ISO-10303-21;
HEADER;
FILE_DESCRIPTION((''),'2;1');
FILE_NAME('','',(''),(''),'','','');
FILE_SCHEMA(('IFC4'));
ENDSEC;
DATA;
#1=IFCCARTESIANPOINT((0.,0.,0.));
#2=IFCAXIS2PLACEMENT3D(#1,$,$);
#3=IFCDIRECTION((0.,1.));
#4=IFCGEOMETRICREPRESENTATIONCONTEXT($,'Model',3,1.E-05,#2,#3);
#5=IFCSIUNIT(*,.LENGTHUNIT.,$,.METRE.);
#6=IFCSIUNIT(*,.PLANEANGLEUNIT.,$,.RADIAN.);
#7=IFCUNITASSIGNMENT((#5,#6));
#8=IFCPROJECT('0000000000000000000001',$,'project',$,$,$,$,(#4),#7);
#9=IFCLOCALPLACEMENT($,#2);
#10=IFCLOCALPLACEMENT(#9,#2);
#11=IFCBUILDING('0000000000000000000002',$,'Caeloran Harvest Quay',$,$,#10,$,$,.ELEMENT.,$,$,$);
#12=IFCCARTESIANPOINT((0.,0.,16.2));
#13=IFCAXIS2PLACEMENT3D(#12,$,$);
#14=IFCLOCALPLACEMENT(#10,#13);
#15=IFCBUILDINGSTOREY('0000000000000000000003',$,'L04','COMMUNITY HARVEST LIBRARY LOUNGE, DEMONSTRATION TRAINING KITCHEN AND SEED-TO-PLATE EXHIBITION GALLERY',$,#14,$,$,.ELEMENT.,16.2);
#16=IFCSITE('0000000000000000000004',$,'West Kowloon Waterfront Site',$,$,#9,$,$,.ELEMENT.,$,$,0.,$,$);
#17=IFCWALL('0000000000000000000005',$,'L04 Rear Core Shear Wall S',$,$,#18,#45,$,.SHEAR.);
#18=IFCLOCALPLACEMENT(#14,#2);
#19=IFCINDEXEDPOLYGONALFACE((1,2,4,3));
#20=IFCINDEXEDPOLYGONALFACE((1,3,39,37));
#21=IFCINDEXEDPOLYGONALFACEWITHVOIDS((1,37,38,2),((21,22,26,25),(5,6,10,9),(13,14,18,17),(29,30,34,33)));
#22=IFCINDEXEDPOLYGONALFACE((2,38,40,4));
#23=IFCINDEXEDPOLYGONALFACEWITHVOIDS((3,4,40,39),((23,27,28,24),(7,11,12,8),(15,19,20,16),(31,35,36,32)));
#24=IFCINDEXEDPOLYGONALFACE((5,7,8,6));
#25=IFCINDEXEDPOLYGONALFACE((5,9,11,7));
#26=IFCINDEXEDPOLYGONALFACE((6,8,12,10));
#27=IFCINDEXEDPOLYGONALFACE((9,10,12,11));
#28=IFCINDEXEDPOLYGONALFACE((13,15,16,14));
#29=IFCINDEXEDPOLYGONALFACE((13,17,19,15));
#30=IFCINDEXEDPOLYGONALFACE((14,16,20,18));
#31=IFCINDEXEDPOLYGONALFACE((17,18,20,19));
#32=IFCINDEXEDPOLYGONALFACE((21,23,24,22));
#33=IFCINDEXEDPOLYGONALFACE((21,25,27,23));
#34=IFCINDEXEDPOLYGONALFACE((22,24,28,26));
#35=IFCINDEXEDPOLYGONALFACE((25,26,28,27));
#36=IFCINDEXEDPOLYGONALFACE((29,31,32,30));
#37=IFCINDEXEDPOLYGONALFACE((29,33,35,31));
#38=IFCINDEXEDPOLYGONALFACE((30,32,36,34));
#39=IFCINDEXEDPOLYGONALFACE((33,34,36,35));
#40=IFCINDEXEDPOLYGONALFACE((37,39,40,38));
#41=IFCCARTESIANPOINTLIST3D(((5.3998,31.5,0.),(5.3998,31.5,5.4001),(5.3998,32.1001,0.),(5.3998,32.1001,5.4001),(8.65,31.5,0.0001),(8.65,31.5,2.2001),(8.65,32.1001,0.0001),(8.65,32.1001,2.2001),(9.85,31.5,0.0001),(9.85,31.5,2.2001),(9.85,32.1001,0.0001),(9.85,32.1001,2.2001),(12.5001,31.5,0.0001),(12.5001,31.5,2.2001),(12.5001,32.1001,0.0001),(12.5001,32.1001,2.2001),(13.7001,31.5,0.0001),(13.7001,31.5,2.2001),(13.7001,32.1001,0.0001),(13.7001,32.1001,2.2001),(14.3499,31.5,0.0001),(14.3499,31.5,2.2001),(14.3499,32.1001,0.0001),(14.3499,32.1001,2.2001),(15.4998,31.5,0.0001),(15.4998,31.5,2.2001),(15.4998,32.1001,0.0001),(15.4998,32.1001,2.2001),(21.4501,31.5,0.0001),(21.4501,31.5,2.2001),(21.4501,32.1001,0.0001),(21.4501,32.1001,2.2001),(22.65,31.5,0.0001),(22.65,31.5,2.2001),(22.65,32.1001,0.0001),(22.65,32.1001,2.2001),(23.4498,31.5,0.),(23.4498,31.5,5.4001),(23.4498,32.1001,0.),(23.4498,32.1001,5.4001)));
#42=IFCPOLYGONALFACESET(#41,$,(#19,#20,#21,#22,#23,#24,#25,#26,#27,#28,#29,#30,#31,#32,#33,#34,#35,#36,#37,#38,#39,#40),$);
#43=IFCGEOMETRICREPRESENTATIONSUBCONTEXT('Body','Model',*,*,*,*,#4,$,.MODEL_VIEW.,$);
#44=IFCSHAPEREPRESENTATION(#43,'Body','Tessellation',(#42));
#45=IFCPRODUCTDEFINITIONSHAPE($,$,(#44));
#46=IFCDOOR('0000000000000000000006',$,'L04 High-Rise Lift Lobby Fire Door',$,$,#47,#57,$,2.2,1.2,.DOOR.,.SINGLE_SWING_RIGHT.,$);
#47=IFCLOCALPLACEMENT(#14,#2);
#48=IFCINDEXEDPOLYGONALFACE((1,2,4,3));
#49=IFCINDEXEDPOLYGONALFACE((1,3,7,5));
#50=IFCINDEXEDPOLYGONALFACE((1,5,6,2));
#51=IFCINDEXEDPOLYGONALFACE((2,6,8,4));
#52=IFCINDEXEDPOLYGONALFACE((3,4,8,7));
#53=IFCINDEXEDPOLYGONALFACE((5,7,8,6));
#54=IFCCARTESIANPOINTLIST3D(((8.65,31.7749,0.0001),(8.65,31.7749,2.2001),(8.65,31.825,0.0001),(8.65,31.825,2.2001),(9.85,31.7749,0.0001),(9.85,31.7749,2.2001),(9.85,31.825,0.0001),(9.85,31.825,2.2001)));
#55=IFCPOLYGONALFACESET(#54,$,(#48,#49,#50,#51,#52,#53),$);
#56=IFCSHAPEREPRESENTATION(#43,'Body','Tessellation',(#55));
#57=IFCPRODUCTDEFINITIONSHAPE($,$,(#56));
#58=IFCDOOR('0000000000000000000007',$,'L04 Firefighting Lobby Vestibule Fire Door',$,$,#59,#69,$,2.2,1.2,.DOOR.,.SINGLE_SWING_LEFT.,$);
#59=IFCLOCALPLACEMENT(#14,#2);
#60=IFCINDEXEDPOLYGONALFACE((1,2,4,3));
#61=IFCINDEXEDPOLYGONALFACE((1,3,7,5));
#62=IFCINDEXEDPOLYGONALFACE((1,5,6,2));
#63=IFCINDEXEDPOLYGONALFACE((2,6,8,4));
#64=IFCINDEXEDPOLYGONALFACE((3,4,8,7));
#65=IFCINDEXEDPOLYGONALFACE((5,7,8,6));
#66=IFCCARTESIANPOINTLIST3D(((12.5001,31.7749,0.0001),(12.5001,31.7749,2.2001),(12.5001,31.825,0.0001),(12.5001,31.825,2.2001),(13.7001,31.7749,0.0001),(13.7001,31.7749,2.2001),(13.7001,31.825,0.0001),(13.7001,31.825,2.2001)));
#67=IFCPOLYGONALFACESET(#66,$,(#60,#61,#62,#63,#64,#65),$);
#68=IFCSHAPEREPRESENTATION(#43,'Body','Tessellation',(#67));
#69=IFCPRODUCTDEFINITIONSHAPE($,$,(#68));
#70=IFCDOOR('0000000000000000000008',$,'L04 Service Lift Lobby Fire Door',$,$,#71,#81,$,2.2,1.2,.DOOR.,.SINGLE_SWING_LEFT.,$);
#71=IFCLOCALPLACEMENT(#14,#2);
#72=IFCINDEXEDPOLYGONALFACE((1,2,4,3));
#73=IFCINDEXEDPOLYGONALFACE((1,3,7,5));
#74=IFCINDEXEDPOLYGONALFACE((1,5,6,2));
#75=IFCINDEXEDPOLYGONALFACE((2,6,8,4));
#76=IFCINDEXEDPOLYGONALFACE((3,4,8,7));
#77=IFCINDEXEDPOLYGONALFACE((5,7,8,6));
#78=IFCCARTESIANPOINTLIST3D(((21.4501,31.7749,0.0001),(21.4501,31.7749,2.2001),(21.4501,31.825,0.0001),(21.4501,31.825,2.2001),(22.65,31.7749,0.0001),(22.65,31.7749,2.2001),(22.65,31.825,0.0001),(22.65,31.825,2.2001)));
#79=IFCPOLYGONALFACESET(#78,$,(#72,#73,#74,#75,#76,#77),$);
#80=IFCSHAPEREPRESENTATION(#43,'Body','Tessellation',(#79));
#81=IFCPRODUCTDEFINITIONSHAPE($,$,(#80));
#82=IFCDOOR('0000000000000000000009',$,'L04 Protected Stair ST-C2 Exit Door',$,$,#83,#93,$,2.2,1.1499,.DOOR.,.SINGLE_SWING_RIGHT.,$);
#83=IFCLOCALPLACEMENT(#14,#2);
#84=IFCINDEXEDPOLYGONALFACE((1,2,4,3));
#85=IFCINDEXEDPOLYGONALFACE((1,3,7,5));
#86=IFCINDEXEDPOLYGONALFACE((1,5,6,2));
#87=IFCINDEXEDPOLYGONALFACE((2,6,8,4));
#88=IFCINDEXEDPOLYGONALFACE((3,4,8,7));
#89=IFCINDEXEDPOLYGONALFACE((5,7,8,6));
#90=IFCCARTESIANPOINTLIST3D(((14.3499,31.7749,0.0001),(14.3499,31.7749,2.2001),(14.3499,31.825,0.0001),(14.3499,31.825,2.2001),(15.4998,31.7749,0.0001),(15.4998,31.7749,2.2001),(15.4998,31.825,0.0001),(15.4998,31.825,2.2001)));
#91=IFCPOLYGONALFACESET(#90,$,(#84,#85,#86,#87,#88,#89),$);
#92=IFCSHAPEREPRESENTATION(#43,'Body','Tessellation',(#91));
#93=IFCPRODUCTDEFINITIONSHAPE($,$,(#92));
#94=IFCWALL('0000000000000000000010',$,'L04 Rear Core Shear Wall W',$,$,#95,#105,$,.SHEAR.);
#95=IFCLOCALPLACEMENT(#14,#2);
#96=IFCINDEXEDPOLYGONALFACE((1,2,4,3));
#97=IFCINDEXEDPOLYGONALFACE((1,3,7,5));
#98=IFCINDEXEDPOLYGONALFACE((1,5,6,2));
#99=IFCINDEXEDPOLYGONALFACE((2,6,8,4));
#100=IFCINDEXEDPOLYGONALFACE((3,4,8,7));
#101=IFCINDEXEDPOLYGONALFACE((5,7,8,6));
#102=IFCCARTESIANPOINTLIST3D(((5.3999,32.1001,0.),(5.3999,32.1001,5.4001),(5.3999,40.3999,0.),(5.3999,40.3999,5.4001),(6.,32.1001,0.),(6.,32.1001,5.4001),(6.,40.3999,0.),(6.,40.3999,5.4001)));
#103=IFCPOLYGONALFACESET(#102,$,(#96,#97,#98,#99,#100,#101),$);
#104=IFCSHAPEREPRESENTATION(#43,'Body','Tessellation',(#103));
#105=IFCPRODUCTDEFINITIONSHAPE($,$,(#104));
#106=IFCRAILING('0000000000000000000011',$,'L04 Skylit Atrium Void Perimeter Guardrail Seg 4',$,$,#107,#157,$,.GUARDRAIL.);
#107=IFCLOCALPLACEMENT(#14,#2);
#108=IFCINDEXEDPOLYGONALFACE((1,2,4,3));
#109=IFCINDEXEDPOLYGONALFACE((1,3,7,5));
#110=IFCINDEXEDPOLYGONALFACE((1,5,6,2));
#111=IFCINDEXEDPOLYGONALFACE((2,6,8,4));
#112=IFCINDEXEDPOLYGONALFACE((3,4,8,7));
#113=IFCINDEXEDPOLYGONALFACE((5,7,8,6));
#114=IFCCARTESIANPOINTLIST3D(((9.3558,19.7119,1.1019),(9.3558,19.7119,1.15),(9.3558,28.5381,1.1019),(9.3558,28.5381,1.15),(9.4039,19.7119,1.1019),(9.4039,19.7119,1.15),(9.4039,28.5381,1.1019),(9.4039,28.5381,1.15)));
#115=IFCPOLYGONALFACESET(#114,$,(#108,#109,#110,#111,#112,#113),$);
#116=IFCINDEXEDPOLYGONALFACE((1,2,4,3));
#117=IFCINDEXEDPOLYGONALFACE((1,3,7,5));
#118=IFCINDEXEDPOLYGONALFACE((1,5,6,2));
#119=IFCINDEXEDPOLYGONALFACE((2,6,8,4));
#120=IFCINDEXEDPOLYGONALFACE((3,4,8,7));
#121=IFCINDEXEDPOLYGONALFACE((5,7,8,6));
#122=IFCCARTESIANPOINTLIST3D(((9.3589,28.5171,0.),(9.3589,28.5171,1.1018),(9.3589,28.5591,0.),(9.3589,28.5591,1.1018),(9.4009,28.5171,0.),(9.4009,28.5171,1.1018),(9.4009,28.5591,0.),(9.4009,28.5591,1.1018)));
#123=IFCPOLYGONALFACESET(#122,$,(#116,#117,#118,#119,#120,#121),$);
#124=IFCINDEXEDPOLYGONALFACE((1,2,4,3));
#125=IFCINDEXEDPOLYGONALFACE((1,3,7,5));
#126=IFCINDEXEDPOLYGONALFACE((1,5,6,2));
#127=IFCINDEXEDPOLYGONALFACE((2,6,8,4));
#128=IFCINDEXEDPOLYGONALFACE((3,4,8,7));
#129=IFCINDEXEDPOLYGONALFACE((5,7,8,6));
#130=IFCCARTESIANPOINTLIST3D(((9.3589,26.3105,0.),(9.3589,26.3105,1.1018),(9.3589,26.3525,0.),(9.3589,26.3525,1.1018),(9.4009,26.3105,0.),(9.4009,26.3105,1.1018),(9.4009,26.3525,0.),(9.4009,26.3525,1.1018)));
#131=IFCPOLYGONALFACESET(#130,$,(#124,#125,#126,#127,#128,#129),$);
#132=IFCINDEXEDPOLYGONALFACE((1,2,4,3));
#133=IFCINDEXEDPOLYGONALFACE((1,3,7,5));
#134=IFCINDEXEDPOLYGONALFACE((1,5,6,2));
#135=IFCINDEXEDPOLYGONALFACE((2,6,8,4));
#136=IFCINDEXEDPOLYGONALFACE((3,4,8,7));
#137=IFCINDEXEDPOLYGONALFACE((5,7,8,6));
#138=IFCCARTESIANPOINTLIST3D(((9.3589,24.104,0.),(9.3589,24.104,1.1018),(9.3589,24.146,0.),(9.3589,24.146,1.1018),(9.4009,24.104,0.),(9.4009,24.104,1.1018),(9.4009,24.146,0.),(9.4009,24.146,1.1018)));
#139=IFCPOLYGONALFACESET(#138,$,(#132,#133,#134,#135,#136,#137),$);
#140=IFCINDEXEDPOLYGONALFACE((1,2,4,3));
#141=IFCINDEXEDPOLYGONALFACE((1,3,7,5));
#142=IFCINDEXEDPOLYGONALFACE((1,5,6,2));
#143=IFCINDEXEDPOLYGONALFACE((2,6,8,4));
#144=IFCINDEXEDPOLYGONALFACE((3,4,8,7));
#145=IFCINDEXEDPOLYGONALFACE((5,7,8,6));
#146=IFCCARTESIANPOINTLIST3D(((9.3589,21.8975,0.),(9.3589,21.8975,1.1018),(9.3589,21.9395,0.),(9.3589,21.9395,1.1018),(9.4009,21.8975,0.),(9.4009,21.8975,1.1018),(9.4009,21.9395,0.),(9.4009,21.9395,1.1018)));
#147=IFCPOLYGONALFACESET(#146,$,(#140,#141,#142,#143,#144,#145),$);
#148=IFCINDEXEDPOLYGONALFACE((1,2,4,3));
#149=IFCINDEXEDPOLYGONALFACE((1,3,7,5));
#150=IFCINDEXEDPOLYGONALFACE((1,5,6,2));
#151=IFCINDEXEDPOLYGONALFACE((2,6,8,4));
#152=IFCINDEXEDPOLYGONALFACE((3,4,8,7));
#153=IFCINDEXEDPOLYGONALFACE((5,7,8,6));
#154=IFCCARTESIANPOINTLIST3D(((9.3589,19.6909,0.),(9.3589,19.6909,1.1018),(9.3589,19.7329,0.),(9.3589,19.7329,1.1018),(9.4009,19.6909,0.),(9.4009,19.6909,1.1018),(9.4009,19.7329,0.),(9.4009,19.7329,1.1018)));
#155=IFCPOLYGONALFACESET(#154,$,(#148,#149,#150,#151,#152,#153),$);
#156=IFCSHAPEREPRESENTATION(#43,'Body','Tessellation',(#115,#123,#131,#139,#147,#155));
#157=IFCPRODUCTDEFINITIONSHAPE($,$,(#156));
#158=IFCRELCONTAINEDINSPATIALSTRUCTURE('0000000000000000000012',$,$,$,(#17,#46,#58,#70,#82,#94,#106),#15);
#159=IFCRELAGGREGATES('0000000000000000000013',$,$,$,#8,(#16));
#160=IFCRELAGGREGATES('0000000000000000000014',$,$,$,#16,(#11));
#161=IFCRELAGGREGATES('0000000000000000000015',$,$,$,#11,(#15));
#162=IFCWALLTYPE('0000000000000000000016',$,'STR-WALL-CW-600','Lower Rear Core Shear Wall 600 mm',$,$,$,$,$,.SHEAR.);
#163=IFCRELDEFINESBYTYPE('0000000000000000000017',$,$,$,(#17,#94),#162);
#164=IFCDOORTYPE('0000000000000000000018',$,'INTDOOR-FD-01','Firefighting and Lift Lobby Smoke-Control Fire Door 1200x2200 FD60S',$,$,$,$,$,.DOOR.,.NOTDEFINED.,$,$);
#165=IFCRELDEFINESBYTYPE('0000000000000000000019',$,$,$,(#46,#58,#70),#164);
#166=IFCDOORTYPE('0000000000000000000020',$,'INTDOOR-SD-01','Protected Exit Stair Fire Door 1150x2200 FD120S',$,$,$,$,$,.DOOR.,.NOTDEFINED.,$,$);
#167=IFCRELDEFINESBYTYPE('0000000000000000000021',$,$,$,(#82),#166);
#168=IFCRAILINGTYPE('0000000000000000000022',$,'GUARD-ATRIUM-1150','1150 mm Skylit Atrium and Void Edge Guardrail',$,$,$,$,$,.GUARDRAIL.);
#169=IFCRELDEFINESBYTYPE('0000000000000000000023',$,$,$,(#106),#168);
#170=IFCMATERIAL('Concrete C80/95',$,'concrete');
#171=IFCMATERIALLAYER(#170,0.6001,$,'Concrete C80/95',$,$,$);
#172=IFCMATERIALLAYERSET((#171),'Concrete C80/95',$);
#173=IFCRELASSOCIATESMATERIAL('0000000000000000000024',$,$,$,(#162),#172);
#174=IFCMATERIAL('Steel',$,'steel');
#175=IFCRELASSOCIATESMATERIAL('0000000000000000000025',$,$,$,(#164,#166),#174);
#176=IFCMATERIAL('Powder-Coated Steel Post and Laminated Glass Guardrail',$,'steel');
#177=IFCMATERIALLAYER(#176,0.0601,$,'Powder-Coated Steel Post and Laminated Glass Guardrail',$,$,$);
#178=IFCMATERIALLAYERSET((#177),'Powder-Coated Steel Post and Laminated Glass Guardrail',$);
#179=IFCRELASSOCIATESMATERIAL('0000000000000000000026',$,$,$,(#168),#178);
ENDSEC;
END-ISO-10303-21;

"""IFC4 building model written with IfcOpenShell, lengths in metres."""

from ifc_helpers import new_model, si_unit, direction, frame, frame_2d, origin, origin_2d, place, context, subcontext, project, spatial, rectangle, extrude, material, layer, layer_set, type_object, element, fill, save


model = new_model("IFC4")

# Units and contexts
model_context = context("Model", 3, precision=1e-05, world=origin(), true_north=direction((0.0, 1.0)))
body_context = subcontext(model_context, "Body", "Model", "MODEL_VIEW")
ifc_project = project(units=[si_unit("LENGTHUNIT", "METRE"), si_unit("PLANEANGLEUNIT", "RADIAN")], contexts=[model_context])

# Site, building, storey
site_placement = place(None, origin())
site = spatial("IfcSite", under=ifc_project, at=site_placement, Name="West Kowloon Waterfront Site", CompositionType="ELEMENT", RefElevation=0.0)
building_placement = place(site_placement, origin())
building = spatial("IfcBuilding", under=site, at=building_placement, Name="Caeloran Harvest Quay", CompositionType="ELEMENT")
storey_placement = place(building_placement, frame((0.0, 0.0, 16.2)))
storey = spatial("IfcBuildingStorey", under=building, at=storey_placement, Name="L04", Description="COMMUNITY HARVEST LIBRARY LOUNGE, DEMONSTRATION TRAINING KITCHEN AND SEED-TO-PLATE EXHIBITION GALLERY", CompositionType="ELEMENT", Elevation=16.2)

# Shared definitions
ifc_material_1 = material(Name="Concrete C80/95", Category="concrete")

# Wall, openings, doors
ifc_layer_1 = layer(ifc_material_1, 0.6001, Name="Concrete C80/95")
ifc_layer_set_1 = layer_set([ifc_layer_1], Name="Concrete C80/95")
wall_type_1 = type_object("IfcWallType", Name="STR-WALL-CW-600", Description="Lower Rear Core Shear Wall 600 mm", PredefinedType="SHEAR", material=ifc_layer_set_1)
wall_1_placement = place(storey_placement, frame((5.3999, 31.8, 0.0), z_axis=(0.0, 0.0, 1.0), x_axis=(1.0, 0.0, 0.0)))
wall_1 = element("IfcWall", 1, at=wall_1_placement, inside=storey, type_object=wall_type_1, Name="L04 Rear Core Shear Wall S", PredefinedType="SHEAR", context=body_context, shape_type="SweptSolid", body=[
    extrude(rectangle(XDim=18.05, YDim=0.6001, at=frame_2d((9.0249, 0.0))), origin(), (0.0, 0.0, 1.0), 5.4001),
])
opening_1_placement = place(wall_1_placement, frame((3.25, 0.0, 0.0)))
opening_1 = element("IfcOpeningElement", 2, at=opening_1_placement, cuts=wall_1, PredefinedType="OPENING", context=body_context, shape_type="SweptSolid", body=[
    extrude(rectangle(XDim=1.2, YDim=2.2, at=frame_2d((0.6001, 1.1001))), frame((0.0, 0.3101, 0.0), z_axis=(0.0, -1.0, 0.0), x_axis=(1.0, 0.0, 0.0)), (0.0, 0.0, 1.0), 0.6201),
])
opening_2_placement = place(wall_1_placement, frame((7.1001, 0.0, 0.0)))
opening_2 = element("IfcOpeningElement", 3, at=opening_2_placement, cuts=wall_1, PredefinedType="OPENING", context=body_context, shape_type="SweptSolid", body=[
    extrude(rectangle(XDim=1.2, YDim=2.2, at=frame_2d((0.6001, 1.1001))), frame((0.0, 0.3101, 0.0), z_axis=(0.0, -1.0, 0.0), x_axis=(1.0, 0.0, 0.0)), (0.0, 0.0, 1.0), 0.6201),
])
opening_3_placement = place(wall_1_placement, frame((8.95, 0.0, 0.0)))
opening_3 = element("IfcOpeningElement", 4, at=opening_3_placement, cuts=wall_1, PredefinedType="OPENING", context=body_context, shape_type="SweptSolid", body=[
    extrude(rectangle(XDim=1.1499, YDim=2.2, at=frame_2d((0.575, 1.1001))), frame((0.0, 0.3101, 0.0), z_axis=(0.0, -1.0, 0.0), x_axis=(1.0, 0.0, 0.0)), (0.0, 0.0, 1.0), 0.6201),
])
opening_4_placement = place(wall_1_placement, frame((16.05, 0.0, 0.0)))
opening_4 = element("IfcOpeningElement", 5, at=opening_4_placement, cuts=wall_1, PredefinedType="OPENING", context=body_context, shape_type="SweptSolid", body=[
    extrude(rectangle(XDim=1.2, YDim=2.2, at=frame_2d((0.6001, 1.1001))), frame((0.0, 0.3101, 0.0), z_axis=(0.0, -1.0, 0.0), x_axis=(1.0, 0.0, 0.0)), (0.0, 0.0, 1.0), 0.6201),
])
ifc_material_2 = material(Name="Steel", Category="steel")
door_type_1 = type_object("IfcDoorType", Name="INTDOOR-FD-01", Description="Firefighting and Lift Lobby Smoke-Control Fire Door 1200x2200 FD60S", OperationType="NOTDEFINED", PredefinedType="DOOR", material=ifc_material_2)
door_1_placement = place(opening_1_placement, origin())
door_1 = element("IfcDoor", 6, at=door_1_placement, inside=storey, type_object=door_type_1, Name="L04 High-Rise Lift Lobby Fire Door", OperationType="SINGLE_SWING_RIGHT", OverallHeight=2.2, OverallWidth=1.2, PredefinedType="DOOR", context=body_context, shape_type="SweptSolid", body=[
    extrude(rectangle(XDim=1.2, YDim=2.2, at=frame_2d((0.6001, 1.1001))), frame((0.0, 0.0249, 0.0), z_axis=(0.0, -1.0, 0.0), x_axis=(1.0, 0.0, 0.0)), (0.0, 0.0, 1.0), 0.05),
])
fill(opening_1, door_1)
door_2_placement = place(opening_2_placement, origin())
door_2 = element("IfcDoor", 7, at=door_2_placement, inside=storey, type_object=door_type_1, Name="L04 Firefighting Lobby Vestibule Fire Door", OperationType="SINGLE_SWING_LEFT", OverallHeight=2.2, OverallWidth=1.2, PredefinedType="DOOR", context=body_context, shape_type="SweptSolid", body=[
    extrude(rectangle(XDim=1.2, YDim=2.2, at=frame_2d((0.6001, 1.1001))), frame((0.0, 0.0249, 0.0), z_axis=(0.0, -1.0, 0.0), x_axis=(1.0, 0.0, 0.0)), (0.0, 0.0, 1.0), 0.05),
])
fill(opening_2, door_2)
door_3_placement = place(opening_4_placement, origin())
door_3 = element("IfcDoor", 8, at=door_3_placement, inside=storey, type_object=door_type_1, Name="L04 Service Lift Lobby Fire Door", OperationType="SINGLE_SWING_LEFT", OverallHeight=2.2, OverallWidth=1.2, PredefinedType="DOOR", context=body_context, shape_type="SweptSolid", body=[
    extrude(rectangle(XDim=1.2, YDim=2.2, at=frame_2d((0.6001, 1.1001))), frame((0.0, 0.0249, 0.0), z_axis=(0.0, -1.0, 0.0), x_axis=(1.0, 0.0, 0.0)), (0.0, 0.0, 1.0), 0.05),
])
fill(opening_4, door_3)
door_type_2 = type_object("IfcDoorType", Name="INTDOOR-SD-01", Description="Protected Exit Stair Fire Door 1150x2200 FD120S", OperationType="NOTDEFINED", PredefinedType="DOOR", material=ifc_material_2)
door_4_placement = place(opening_3_placement, origin())
door_4 = element("IfcDoor", 9, at=door_4_placement, inside=storey, type_object=door_type_2, Name="L04 Protected Stair ST-C2 Exit Door", OperationType="SINGLE_SWING_RIGHT", OverallHeight=2.2, OverallWidth=1.1499, PredefinedType="DOOR", context=body_context, shape_type="SweptSolid", body=[
    extrude(rectangle(XDim=1.1499, YDim=2.2, at=frame_2d((0.575, 1.1001))), frame((0.0, 0.0249, 0.0), z_axis=(0.0, -1.0, 0.0), x_axis=(1.0, 0.0, 0.0)), (0.0, 0.0, 1.0), 0.05),
])
fill(opening_3, door_4)

# Wall
wall_2_placement = place(storey_placement, frame((5.7, 32.1001, 0.0), z_axis=(0.0, 0.0, 1.0), x_axis=(0.0, 1.0, 0.0)))
element("IfcWall", 10, at=wall_2_placement, inside=storey, type_object=wall_type_1, Name="L04 Rear Core Shear Wall W", PredefinedType="SHEAR", context=body_context, shape_type="SweptSolid", body=[
    extrude(rectangle(XDim=8.2998, YDim=0.6001, at=frame_2d((4.1499, 0.0))), origin(), (0.0, 0.0, 1.0), 5.4001),
])

# Railing
ifc_material_3 = material(Name="Powder-Coated Steel Post and Laminated Glass Guardrail", Category="steel")
ifc_layer_2 = layer(ifc_material_3, 0.0601, Name="Powder-Coated Steel Post and Laminated Glass Guardrail")
ifc_layer_set_2 = layer_set([ifc_layer_2], Name="Powder-Coated Steel Post and Laminated Glass Guardrail")
railing_type = type_object("IfcRailingType", Name="GUARD-ATRIUM-1150", Description="1150 mm Skylit Atrium and Void Edge Guardrail", PredefinedType="GUARDRAIL", material=ifc_layer_set_2)
railing_placement = place(storey_placement, frame((9.3799, 28.5381, 0.0)))
element("IfcRailing", 11, at=railing_placement, inside=storey, type_object=railing_type, Name="L04 Skylit Atrium Void Perimeter Guardrail Seg 4", PredefinedType="GUARDRAIL", context=body_context, shape_type="SweptSolid", body=[
    extrude(rectangle(XDim=0.0481, YDim=0.0481, at=origin_2d()), frame((0.0, 0.0, 1.126), z_axis=(0.0, -1.0, 0.0), x_axis=(1.0, 0.0, 0.0)), (0.0, 0.0, 1.0), 8.8262),
    extrude(rectangle(XDim=0.042, YDim=0.042, at=origin_2d()), origin(), (0.0, 0.0, 1.0), 1.1018),
    extrude(rectangle(XDim=0.042, YDim=0.042, at=origin_2d()), frame((0.0, -2.2065, 0.0)), (0.0, 0.0, 1.0), 1.1018),
    extrude(rectangle(XDim=0.042, YDim=0.042, at=origin_2d()), frame((0.0, -4.4131, 0.0)), (0.0, 0.0, 1.0), 1.1018),
    extrude(rectangle(XDim=0.042, YDim=0.042, at=origin_2d()), frame((0.0, -6.6196, 0.0)), (0.0, 0.0, 1.0), 1.1018),
    extrude(rectangle(XDim=0.042, YDim=0.042, at=origin_2d()), frame((0.0, -8.8262, 0.0)), (0.0, 0.0, 1.0), 1.1018),
])

save(model, "model.ifc")
